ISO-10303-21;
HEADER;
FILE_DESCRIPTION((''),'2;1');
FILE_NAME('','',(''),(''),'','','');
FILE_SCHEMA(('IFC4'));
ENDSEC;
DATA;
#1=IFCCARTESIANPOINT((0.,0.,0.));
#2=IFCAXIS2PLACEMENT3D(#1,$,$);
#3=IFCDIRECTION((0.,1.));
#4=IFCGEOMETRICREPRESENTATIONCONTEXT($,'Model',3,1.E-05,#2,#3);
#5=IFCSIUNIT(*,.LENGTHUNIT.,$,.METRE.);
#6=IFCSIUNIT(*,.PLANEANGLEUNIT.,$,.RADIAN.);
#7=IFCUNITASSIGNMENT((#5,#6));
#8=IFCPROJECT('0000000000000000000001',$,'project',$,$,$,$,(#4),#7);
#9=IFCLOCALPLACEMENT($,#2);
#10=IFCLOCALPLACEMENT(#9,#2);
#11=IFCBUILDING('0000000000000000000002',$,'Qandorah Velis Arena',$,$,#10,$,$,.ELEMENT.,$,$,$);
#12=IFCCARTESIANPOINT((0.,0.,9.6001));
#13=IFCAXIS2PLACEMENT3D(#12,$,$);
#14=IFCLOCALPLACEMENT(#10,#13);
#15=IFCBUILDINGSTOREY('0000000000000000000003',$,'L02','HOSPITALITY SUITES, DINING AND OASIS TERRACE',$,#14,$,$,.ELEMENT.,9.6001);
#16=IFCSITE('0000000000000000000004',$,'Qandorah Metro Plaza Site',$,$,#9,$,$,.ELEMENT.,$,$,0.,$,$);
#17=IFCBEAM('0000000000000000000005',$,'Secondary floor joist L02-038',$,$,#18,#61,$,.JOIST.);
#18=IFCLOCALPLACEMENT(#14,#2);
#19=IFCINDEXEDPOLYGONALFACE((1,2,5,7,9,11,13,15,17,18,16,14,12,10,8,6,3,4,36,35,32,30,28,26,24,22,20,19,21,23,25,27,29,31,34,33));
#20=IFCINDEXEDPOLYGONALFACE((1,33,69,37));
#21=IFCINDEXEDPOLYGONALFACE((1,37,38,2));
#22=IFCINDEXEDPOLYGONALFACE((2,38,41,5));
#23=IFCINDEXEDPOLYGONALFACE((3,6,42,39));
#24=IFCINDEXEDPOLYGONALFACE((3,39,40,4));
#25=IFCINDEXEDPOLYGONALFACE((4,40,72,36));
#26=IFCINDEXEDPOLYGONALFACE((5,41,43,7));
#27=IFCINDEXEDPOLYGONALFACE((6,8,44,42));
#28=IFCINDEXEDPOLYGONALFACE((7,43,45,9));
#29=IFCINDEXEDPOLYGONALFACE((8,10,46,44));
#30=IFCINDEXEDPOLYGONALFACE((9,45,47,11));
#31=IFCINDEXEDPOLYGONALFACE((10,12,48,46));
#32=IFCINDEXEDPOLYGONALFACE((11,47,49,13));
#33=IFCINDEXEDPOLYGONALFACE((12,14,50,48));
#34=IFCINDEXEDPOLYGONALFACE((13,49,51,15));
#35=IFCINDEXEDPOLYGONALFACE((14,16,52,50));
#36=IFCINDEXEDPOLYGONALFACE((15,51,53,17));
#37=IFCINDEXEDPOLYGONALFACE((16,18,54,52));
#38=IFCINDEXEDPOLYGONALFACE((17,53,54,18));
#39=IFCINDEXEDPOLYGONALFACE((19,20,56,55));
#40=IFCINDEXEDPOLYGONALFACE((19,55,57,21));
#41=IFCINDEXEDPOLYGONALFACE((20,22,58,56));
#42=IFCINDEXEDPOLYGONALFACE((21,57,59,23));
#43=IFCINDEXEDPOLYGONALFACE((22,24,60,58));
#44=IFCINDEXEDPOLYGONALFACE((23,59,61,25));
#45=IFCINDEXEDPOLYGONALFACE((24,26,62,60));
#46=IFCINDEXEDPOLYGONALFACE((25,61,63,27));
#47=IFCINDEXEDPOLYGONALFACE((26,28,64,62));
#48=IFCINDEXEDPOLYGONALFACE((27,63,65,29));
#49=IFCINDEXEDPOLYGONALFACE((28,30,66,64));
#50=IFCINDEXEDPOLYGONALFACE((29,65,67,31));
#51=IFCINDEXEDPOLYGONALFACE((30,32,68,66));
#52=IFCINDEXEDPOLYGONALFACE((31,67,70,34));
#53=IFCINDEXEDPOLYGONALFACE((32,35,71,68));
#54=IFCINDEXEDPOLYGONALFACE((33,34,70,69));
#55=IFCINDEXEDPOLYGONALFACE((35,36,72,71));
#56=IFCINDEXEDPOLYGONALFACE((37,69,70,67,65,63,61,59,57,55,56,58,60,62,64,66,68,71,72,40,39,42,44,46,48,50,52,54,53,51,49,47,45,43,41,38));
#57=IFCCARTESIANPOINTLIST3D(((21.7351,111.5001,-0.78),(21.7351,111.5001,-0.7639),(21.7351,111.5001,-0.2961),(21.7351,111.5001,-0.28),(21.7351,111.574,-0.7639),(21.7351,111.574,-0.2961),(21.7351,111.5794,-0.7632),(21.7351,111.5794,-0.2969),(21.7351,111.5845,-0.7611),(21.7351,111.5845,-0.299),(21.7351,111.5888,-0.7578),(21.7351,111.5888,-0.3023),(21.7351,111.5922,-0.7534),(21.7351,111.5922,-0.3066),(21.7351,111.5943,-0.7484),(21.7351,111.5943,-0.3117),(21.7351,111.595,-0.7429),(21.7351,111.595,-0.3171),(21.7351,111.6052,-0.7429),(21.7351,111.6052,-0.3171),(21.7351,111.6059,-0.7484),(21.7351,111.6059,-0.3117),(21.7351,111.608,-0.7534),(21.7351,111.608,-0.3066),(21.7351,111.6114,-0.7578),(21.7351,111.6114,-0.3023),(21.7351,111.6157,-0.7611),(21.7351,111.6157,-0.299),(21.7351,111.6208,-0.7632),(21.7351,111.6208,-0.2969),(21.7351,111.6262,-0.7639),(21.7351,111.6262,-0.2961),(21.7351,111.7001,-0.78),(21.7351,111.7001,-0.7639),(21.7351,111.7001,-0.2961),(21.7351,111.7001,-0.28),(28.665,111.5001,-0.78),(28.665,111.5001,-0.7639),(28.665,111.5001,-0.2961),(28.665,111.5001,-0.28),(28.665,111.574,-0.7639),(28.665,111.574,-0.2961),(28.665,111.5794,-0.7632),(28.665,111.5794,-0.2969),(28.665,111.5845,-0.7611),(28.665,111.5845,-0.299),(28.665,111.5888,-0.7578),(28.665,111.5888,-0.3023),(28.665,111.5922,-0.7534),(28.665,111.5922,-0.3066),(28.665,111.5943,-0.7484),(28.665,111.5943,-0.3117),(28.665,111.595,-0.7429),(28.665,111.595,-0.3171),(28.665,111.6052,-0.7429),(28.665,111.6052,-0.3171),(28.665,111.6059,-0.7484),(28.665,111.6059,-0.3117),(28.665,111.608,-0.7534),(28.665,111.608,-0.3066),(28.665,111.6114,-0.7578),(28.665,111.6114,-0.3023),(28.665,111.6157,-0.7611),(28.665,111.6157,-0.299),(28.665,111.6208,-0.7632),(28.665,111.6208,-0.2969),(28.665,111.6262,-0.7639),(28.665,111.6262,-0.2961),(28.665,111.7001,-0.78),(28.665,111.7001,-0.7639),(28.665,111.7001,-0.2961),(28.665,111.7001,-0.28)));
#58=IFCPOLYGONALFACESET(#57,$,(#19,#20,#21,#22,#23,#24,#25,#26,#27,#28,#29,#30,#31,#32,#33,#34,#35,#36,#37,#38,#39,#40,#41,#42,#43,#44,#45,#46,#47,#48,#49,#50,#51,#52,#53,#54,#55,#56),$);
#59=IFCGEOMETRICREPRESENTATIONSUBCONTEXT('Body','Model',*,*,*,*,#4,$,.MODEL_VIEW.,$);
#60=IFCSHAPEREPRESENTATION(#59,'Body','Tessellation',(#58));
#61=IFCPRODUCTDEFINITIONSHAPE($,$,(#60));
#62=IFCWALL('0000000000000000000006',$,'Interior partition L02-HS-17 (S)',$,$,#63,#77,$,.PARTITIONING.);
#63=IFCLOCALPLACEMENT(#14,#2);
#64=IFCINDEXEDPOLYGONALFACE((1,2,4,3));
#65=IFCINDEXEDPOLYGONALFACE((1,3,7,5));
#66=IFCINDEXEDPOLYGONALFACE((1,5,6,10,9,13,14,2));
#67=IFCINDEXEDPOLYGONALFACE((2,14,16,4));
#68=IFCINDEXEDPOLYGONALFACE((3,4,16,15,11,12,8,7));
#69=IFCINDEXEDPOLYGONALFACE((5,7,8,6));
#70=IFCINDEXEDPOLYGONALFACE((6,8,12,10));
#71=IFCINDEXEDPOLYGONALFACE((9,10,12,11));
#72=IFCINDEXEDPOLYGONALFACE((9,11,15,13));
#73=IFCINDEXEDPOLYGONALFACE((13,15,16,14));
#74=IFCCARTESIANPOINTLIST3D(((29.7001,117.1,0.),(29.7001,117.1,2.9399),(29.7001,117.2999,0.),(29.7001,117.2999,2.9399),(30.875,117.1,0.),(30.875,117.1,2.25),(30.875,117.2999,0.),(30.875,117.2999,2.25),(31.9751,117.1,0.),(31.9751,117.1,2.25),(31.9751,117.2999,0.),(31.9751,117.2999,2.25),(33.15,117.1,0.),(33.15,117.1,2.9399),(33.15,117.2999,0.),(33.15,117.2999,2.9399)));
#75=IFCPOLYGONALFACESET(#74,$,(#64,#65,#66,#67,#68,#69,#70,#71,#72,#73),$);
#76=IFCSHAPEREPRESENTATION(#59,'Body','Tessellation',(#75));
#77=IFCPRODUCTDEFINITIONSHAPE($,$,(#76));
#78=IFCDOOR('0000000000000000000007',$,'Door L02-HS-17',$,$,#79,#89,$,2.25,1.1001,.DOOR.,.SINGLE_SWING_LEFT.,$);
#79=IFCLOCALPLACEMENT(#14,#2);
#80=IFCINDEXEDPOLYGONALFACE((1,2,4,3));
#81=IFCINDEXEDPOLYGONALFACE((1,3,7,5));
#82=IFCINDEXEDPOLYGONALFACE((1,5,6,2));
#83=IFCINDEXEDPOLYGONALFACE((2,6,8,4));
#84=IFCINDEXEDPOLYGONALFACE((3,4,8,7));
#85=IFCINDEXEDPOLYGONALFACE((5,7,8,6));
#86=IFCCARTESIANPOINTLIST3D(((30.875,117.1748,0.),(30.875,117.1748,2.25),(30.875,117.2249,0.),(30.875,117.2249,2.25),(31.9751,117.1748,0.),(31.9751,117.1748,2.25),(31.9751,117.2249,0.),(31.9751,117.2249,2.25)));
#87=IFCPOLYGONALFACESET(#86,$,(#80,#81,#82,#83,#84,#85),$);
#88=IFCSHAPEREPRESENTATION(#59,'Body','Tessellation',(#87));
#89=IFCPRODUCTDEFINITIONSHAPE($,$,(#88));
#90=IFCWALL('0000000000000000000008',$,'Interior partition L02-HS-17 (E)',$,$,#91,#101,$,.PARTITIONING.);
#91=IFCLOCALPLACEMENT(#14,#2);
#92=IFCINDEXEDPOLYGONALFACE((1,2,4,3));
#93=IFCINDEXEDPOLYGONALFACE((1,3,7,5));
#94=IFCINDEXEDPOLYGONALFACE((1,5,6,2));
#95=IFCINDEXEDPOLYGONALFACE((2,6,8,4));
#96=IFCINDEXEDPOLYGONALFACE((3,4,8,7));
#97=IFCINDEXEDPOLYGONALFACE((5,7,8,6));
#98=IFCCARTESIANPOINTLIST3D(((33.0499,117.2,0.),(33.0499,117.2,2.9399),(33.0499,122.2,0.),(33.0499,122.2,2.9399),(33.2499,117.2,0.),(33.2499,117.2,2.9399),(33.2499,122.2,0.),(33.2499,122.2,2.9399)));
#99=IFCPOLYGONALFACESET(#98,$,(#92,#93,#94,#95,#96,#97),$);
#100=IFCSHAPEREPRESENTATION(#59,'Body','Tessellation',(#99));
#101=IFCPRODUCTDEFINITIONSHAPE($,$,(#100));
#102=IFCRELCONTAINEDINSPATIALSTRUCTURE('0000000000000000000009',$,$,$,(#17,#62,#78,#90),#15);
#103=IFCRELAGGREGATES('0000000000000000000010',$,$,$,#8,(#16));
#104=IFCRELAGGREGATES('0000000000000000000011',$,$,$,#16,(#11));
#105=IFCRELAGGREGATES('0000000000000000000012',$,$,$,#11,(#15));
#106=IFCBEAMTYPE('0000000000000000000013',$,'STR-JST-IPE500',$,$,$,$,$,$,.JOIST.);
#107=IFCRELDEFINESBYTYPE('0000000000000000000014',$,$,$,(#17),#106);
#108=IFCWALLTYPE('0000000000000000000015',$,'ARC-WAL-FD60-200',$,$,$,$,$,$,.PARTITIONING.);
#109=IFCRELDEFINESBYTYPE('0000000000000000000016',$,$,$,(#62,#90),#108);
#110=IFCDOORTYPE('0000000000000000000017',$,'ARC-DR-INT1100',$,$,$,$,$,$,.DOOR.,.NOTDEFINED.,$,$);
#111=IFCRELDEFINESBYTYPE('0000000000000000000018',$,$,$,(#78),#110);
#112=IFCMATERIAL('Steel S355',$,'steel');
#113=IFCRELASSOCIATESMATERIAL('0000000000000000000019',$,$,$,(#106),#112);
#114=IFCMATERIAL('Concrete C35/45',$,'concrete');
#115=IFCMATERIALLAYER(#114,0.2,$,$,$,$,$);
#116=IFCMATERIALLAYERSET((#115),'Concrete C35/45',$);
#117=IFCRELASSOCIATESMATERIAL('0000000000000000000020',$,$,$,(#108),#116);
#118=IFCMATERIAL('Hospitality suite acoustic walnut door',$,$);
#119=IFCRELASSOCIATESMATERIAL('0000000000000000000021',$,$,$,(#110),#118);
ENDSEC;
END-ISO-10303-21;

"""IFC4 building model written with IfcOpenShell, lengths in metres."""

from ifc_helpers import new_model, si_unit, direction, frame, frame_2d, origin, origin_2d, place, context, subcontext, project, spatial, rectangle, i_section, extrude, material, layer, layer_set, material_profile, profile_set, type_object, element, fill, save


model = new_model("IFC4")

# Units and contexts
model_context = context("Model", 3, precision=1e-05, world=origin(), true_north=direction((0.0, 1.0)))
body_context = subcontext(model_context, "Body", "Model", "MODEL_VIEW")
ifc_project = project(units=[si_unit("LENGTHUNIT", "METRE"), si_unit("PLANEANGLEUNIT", "RADIAN")], contexts=[model_context])

# Site, building, storey
site_placement = place(None, origin())
site = spatial("IfcSite", under=ifc_project, at=site_placement, Name="Qandorah Metro Plaza Site", CompositionType="ELEMENT", RefElevation=0.0)
building_placement = place(site_placement, origin())
building = spatial("IfcBuilding", under=site, at=building_placement, Name="Qandorah Velis Arena", CompositionType="ELEMENT")
storey_placement = place(building_placement, frame((0.0, 0.0, 9.6001)))
storey = spatial("IfcBuildingStorey", under=building, at=storey_placement, Name="L02", Description="HOSPITALITY SUITES, DINING AND OASIS TERRACE", CompositionType="ELEMENT", Elevation=9.6001)

# Shared definitions
ifc_material_1 = material(Name="Steel S355", Category="steel")

# Beam
ifc_material_profile_1 = material_profile(ifc_material_1, i_section(OverallWidth=0.2, OverallDepth=0.5, WebThickness=0.0103, FlangeThickness=0.0161, FilletRadius=0.021, at=origin_2d()), Name="IPE 500")
ifc_profile_set_1 = profile_set([ifc_material_profile_1], Name="Steel S355")
beam_type_1 = type_object("IfcBeamType", Name="STR-JST-IPE500", PredefinedType="JOIST", material=ifc_profile_set_1)
beam_1_placement = place(storey_placement, frame((21.7351, 111.6001, -0.53), z_axis=(1.0, 0.0, 0.0), x_axis=(0.0, 1.0, 0.0)))
element("IfcBeam", 1, at=beam_1_placement, inside=storey, type_object=beam_type_1, Name="Secondary floor joist L02-038", PredefinedType="JOIST", context=body_context, shape_type="SweptSolid", body=[
    extrude(i_section(OverallWidth=0.2, OverallDepth=0.5, WebThickness=0.0103, FlangeThickness=0.0161, FilletRadius=0.021, at=origin_2d()), origin(), (0.0, 0.0, 1.0), 6.9299),
])

# Wall, opening, door
ifc_material_2 = material(Name="Concrete C35/45", Category="concrete")
ifc_layer_1 = layer(ifc_material_2, 0.2)
ifc_layer_set_1 = layer_set([ifc_layer_1], Name="Concrete C35/45")
wall_type_1 = type_object("IfcWallType", Name="ARC-WAL-FD60-200", PredefinedType="PARTITIONING", material=ifc_layer_set_1)
wall_1_placement = place(storey_placement, frame((29.7, 117.2, 0.0), z_axis=(0.0, 0.0, 1.0), x_axis=(1.0, 0.0, 0.0)))
wall_1 = element("IfcWall", 2, at=wall_1_placement, inside=storey, type_object=wall_type_1, Name="Interior partition L02-HS-17 (S)", PredefinedType="PARTITIONING", context=body_context, shape_type="SweptSolid", body=[
    extrude(rectangle(XDim=3.45, YDim=0.2, at=frame_2d((1.7251, 0.0))), origin(), (0.0, 0.0, 1.0), 2.9399),
])
opening_1_placement = place(wall_1_placement, frame((1.175, 0.0, 0.0)))
opening_1 = element("IfcOpeningElement", 3, at=opening_1_placement, cuts=wall_1, PredefinedType="OPENING", context=body_context, shape_type="SweptSolid", body=[
    extrude(rectangle(XDim=1.1001, YDim=2.25, at=frame_2d((0.55, 1.125))), frame((0.0, 0.1099, 0.0), z_axis=(0.0, -1.0, 0.0), x_axis=(1.0, 0.0, 0.0)), (0.0, 0.0, 1.0), 0.22),
])
ifc_material_3 = material(Name="Hospitality suite acoustic walnut door")
door_type_1 = type_object("IfcDoorType", Name="ARC-DR-INT1100", OperationType="NOTDEFINED", PredefinedType="DOOR", material=ifc_material_3)
door_1_placement = place(opening_1_placement, origin())
door_1 = element("IfcDoor", 4, at=door_1_placement, inside=storey, type_object=door_type_1, Name="Door L02-HS-17", OperationType="SINGLE_SWING_LEFT", OverallHeight=2.25, OverallWidth=1.1001, PredefinedType="DOOR", context=body_context, shape_type="SweptSolid", body=[
    extrude(rectangle(XDim=1.1001, YDim=2.25, at=frame_2d((0.55, 1.125))), frame((0.0, 0.0249, 0.0), z_axis=(0.0, -1.0, 0.0), x_axis=(1.0, 0.0, 0.0)), (0.0, 0.0, 1.0), 0.05),
])
fill(opening_1, door_1)

# Wall
wall_2_placement = place(storey_placement, frame((33.1499, 117.2, 0.0), z_axis=(0.0, 0.0, 1.0), x_axis=(0.0, 1.0, 0.0)))
element("IfcWall", 5, at=wall_2_placement, inside=storey, type_object=wall_type_1, Name="Interior partition L02-HS-17 (E)", PredefinedType="PARTITIONING", context=body_context, shape_type="SweptSolid", body=[
    extrude(rectangle(XDim=5.0, YDim=0.2, at=frame_2d((2.5, 0.0))), origin(), (0.0, 0.0, 1.0), 2.9399),
])

save(model, "model.ifc")
